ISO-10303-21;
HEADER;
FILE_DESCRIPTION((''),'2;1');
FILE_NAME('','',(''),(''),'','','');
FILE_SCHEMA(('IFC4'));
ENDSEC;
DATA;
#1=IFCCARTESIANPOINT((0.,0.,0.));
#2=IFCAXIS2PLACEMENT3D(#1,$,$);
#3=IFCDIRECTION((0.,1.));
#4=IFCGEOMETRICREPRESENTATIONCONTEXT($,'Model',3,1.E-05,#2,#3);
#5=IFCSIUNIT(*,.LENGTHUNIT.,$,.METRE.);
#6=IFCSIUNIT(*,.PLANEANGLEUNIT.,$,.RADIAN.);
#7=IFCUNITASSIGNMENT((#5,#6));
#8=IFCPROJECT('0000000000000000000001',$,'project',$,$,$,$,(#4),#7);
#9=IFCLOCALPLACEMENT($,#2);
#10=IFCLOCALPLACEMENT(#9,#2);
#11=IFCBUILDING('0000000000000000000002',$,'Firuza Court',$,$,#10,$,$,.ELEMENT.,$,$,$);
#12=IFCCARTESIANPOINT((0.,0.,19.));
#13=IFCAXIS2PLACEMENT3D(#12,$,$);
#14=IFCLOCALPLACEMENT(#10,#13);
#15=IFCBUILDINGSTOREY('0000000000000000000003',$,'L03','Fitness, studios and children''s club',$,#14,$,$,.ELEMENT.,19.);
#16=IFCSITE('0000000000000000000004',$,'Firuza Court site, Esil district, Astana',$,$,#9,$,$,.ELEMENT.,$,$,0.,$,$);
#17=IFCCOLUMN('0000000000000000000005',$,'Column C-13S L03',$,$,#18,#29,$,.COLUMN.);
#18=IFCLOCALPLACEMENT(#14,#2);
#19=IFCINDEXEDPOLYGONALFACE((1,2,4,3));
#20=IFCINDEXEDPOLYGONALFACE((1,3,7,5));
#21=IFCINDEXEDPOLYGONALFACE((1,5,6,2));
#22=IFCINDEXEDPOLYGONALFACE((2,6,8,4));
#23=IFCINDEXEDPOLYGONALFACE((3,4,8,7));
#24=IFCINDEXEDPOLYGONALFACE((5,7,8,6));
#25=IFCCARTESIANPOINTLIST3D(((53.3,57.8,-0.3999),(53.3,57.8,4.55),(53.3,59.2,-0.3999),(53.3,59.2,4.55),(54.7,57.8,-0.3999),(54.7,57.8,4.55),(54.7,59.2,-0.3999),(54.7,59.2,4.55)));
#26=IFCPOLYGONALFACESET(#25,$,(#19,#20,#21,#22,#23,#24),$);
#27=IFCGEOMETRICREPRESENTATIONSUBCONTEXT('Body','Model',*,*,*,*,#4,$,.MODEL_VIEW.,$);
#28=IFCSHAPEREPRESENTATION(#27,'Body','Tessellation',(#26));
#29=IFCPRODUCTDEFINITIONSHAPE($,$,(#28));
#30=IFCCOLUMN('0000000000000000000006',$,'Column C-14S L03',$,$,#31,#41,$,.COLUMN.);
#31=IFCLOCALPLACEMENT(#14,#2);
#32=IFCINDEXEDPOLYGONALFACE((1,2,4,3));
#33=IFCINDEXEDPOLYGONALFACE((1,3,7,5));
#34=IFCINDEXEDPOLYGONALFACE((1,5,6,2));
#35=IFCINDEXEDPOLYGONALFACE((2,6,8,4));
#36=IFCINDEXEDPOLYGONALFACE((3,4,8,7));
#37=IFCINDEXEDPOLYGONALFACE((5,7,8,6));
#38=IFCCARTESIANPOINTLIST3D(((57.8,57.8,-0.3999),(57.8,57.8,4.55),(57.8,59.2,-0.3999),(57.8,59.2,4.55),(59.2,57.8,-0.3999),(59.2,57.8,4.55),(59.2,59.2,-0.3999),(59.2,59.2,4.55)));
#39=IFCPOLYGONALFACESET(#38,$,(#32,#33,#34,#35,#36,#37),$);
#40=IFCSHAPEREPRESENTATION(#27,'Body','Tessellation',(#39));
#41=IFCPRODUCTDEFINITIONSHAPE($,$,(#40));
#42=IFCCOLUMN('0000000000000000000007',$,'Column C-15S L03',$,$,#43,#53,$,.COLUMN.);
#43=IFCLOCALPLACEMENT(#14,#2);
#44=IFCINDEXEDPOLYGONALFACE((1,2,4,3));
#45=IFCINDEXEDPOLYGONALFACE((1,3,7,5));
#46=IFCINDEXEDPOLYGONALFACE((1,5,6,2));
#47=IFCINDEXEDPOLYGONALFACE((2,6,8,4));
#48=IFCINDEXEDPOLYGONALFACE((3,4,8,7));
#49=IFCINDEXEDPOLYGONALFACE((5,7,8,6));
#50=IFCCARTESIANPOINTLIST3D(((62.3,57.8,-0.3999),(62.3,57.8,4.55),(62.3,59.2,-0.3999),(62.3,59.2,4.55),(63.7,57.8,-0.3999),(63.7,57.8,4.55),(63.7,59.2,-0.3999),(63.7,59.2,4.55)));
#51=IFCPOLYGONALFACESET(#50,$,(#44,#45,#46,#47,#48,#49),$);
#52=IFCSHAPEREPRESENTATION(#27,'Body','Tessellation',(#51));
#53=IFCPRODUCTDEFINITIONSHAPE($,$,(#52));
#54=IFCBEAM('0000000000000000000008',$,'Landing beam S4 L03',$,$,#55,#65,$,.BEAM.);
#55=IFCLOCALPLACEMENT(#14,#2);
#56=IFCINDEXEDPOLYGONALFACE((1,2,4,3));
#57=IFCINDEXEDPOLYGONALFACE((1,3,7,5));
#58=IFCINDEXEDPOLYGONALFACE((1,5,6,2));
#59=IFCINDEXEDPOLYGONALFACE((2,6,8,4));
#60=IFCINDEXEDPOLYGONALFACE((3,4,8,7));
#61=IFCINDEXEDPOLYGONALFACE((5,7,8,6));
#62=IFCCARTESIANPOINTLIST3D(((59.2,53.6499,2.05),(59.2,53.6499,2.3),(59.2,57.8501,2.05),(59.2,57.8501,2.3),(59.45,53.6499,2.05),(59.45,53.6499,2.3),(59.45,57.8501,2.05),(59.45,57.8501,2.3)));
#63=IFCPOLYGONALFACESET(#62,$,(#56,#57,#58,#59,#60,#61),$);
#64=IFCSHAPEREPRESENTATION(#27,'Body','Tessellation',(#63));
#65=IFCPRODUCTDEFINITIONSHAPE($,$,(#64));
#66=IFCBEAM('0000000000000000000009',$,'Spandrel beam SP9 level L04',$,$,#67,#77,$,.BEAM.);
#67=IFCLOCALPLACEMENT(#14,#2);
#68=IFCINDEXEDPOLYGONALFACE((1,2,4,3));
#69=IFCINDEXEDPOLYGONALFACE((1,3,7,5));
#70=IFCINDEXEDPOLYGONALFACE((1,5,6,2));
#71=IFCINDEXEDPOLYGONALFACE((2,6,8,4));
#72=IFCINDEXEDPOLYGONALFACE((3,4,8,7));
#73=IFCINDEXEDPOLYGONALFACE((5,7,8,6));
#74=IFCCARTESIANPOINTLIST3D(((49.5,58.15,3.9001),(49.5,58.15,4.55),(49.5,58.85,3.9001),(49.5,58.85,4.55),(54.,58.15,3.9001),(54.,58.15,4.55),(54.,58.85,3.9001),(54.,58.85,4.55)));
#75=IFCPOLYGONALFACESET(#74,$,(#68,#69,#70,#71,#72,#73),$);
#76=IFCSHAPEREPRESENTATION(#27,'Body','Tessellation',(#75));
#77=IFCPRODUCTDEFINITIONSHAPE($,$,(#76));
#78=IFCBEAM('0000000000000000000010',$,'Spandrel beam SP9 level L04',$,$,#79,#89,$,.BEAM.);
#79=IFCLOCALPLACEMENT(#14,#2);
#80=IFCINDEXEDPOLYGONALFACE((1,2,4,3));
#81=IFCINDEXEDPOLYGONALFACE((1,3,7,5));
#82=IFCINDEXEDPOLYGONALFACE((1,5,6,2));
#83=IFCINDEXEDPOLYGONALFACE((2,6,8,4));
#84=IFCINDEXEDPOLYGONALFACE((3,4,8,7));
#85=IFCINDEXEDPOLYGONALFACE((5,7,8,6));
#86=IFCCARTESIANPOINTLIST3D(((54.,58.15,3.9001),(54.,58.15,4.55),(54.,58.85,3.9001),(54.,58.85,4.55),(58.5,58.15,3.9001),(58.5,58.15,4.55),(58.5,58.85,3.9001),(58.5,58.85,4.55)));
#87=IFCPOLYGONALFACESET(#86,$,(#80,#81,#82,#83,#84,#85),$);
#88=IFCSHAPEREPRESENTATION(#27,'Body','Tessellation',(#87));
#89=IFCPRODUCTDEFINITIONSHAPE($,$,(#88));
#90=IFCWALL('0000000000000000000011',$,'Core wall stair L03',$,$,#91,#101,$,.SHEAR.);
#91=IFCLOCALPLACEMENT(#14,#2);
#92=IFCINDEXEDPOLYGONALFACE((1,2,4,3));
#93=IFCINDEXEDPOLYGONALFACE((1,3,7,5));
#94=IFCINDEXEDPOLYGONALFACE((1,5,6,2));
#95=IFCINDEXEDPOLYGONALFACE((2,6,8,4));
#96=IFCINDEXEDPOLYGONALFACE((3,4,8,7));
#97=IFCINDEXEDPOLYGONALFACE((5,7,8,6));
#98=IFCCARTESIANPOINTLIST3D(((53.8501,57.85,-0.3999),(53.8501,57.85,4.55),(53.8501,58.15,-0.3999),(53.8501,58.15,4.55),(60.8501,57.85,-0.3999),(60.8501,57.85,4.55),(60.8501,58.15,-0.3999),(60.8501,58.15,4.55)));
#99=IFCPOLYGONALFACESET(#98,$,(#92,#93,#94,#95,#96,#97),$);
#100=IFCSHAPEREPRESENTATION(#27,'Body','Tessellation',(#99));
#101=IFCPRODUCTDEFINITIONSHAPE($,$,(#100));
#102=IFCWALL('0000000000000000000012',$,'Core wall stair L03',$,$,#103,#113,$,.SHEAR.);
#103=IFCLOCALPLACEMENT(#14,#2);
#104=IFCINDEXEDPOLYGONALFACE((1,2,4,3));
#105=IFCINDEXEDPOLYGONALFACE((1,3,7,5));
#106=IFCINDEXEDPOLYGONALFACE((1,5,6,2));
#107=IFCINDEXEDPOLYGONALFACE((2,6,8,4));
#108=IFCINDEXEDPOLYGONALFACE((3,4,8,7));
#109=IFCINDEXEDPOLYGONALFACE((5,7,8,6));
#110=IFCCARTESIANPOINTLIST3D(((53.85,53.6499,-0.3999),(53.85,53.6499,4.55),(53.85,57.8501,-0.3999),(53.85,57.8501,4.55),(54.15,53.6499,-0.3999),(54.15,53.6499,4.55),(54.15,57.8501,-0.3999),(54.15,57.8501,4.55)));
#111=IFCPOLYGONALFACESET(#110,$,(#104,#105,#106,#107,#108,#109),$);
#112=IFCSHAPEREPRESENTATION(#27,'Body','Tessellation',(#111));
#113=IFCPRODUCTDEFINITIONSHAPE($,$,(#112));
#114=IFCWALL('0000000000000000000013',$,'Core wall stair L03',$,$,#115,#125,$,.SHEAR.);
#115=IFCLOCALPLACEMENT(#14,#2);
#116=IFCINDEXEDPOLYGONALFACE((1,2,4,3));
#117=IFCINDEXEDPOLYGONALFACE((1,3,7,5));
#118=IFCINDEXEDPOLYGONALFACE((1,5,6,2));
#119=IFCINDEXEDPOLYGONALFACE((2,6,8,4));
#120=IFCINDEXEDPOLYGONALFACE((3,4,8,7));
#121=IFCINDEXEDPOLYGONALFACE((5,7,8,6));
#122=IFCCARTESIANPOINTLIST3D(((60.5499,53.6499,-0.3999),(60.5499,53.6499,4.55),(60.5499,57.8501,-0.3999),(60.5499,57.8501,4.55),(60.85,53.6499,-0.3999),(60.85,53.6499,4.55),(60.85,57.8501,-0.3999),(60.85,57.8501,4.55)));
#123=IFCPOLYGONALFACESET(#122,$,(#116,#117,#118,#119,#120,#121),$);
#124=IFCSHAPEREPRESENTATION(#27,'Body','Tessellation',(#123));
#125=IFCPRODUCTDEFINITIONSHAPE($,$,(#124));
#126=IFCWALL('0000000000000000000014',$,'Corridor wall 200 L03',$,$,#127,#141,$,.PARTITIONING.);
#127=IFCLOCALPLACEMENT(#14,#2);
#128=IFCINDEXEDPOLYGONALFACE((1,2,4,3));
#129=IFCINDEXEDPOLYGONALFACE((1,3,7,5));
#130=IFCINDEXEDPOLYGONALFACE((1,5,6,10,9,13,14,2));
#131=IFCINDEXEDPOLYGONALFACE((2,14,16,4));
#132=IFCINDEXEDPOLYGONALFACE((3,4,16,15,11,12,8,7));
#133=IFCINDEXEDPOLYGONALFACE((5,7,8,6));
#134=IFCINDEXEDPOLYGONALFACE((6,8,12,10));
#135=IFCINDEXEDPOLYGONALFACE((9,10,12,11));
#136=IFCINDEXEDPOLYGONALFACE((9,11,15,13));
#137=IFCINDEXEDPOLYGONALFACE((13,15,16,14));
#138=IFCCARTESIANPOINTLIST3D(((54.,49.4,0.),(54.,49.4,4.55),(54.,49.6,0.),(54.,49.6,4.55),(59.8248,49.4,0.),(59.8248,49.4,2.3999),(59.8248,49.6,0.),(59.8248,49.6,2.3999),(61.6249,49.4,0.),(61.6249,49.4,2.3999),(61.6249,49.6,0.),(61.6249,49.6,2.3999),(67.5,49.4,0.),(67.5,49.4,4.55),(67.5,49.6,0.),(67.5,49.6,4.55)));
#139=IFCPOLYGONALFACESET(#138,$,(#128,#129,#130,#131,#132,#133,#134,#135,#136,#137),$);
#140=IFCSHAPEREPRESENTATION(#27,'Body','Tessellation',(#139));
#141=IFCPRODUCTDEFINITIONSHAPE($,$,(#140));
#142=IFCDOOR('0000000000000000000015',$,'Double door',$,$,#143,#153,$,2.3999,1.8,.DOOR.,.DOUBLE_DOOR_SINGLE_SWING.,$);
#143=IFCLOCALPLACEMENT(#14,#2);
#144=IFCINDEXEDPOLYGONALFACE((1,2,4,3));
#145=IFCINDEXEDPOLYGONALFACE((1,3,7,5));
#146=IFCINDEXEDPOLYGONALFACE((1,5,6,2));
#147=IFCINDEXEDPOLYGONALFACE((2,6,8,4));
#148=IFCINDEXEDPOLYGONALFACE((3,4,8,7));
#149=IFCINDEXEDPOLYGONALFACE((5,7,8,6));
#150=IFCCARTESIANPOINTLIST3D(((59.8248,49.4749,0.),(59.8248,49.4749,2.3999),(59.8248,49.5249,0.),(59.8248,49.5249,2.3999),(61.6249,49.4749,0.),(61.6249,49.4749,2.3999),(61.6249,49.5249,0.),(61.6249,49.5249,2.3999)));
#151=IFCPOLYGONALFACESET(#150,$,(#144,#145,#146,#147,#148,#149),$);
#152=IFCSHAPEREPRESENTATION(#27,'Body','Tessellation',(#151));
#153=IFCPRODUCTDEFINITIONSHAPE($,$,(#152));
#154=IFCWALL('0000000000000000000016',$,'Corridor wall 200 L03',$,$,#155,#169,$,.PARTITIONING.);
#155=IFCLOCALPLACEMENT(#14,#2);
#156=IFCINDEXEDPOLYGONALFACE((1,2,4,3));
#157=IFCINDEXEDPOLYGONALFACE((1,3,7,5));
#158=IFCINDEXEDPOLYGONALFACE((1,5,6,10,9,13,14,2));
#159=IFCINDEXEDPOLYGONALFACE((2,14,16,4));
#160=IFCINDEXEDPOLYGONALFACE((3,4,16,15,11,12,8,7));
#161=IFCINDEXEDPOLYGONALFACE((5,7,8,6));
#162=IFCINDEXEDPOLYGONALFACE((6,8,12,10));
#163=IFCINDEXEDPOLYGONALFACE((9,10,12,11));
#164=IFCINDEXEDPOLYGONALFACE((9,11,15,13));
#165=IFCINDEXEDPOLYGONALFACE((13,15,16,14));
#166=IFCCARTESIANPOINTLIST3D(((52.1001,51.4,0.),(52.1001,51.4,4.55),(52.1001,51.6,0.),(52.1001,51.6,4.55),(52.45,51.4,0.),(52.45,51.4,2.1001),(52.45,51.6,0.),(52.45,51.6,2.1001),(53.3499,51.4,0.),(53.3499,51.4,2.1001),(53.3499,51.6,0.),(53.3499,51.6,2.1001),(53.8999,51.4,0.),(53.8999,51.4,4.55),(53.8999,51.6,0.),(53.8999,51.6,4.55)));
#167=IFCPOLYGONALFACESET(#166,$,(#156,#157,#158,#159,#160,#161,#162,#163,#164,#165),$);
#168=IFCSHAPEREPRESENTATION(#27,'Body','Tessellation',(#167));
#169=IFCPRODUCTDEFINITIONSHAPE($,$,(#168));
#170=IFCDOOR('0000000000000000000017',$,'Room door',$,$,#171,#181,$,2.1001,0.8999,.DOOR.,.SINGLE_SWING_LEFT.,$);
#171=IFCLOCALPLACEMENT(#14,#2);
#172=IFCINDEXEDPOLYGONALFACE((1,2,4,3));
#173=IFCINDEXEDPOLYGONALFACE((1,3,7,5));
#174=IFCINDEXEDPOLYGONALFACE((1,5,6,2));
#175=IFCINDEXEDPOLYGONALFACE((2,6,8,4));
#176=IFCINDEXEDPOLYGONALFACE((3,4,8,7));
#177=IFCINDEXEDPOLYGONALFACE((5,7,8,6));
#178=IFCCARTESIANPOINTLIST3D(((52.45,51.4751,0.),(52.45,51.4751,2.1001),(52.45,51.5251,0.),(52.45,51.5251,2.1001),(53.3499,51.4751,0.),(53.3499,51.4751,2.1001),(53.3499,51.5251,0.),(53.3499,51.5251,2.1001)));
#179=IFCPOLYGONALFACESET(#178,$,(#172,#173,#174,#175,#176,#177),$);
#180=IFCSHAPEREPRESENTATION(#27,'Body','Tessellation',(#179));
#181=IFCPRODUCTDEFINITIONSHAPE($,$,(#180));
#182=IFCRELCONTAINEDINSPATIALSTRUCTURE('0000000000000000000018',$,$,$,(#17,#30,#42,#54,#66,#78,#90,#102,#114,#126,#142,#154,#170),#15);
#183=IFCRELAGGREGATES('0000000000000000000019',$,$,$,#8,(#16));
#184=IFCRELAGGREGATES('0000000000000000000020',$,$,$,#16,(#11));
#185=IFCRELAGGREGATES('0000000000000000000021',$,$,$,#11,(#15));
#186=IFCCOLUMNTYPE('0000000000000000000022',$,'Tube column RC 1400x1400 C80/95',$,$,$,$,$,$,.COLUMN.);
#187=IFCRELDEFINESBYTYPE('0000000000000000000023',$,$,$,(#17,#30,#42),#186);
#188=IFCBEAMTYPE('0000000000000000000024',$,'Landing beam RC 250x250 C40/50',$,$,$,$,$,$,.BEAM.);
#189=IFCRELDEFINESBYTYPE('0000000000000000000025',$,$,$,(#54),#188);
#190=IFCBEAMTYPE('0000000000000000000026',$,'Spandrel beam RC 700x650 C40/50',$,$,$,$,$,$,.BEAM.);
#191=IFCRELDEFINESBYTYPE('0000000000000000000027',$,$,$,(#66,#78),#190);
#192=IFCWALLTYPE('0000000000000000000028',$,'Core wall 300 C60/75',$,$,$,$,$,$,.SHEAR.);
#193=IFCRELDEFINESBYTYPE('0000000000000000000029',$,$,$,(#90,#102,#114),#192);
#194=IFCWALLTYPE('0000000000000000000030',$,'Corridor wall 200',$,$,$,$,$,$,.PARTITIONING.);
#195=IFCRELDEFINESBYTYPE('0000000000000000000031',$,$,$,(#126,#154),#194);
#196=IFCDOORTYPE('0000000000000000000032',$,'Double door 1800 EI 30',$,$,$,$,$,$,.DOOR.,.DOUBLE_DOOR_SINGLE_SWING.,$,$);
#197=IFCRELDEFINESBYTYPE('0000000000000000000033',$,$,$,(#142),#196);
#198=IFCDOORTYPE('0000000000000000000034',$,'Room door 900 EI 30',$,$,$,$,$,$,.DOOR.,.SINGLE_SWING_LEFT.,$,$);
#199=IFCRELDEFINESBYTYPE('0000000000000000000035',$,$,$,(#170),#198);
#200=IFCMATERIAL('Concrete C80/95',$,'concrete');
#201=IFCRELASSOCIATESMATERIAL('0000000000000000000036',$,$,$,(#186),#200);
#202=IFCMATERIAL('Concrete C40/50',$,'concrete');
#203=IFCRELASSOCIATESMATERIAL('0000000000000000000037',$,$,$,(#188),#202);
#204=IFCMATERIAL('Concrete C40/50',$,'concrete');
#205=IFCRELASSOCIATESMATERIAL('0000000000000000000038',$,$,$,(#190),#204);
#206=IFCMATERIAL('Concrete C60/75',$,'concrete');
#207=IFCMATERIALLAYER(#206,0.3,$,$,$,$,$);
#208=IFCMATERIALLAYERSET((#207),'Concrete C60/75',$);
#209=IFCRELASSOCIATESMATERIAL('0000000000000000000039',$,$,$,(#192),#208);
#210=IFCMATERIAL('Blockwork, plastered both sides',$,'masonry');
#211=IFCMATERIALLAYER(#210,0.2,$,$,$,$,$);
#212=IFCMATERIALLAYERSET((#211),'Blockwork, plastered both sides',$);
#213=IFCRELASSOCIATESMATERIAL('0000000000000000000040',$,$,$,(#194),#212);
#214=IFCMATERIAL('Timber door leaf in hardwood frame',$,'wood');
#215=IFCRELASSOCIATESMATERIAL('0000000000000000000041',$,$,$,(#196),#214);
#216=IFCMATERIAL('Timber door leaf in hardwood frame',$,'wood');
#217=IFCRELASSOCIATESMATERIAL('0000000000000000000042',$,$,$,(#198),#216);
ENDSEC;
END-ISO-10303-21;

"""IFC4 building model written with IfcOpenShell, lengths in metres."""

from ifc_helpers import new_model, si_unit, direction, frame, frame_2d, origin, origin_2d, place, context, subcontext, project, spatial, rectangle, extrude, material, layer, layer_set, material_profile, profile_set, type_object, element, fill, save


model = new_model("IFC4")

# Units and contexts
model_context = context("Model", 3, precision=1e-05, world=origin(), true_north=direction((0.0, 1.0)))
body_context = subcontext(model_context, "Body", "Model", "MODEL_VIEW")
ifc_project = project(units=[si_unit("LENGTHUNIT", "METRE"), si_unit("PLANEANGLEUNIT", "RADIAN")], contexts=[model_context])

# Site, building, storey
site_placement = place(None, origin())
site = spatial("IfcSite", under=ifc_project, at=site_placement, Name="Firuza Court site, Esil district, Astana", CompositionType="ELEMENT", RefElevation=0.0)
building_placement = place(site_placement, origin())
building = spatial("IfcBuilding", under=site, at=building_placement, Name="Firuza Court", CompositionType="ELEMENT")
storey_placement = place(building_placement, frame((0.0, 0.0, 19.0)))
storey = spatial("IfcBuildingStorey", under=building, at=storey_placement, Name="L03", Description="Fitness, studios and children's club", CompositionType="ELEMENT", Elevation=19.0)

# Columns
ifc_material_1 = material(Name="Concrete C80/95", Category="concrete")
ifc_material_profile_1 = material_profile(ifc_material_1, rectangle(XDim=1.3999, YDim=1.3999, at=origin_2d()), Name="RC 1400x1400")
ifc_profile_set_1 = profile_set([ifc_material_profile_1], Name="Concrete C80/95")
column_type = type_object("IfcColumnType", Name="Tube column RC 1400x1400 C80/95", PredefinedType="COLUMN", material=ifc_profile_set_1)
for number, where, z_axis, x_axis, name in (
    (1, (54.0, 58.5, -0.3999), (0.0, 0.0, 1.0), (1.0, 0.0, 0.0), "Column C-13S L03"),
    (2, (58.5, 58.5, -0.3999), (0.0, 0.0, 1.0), (1.0, 0.0, 0.0), "Column C-14S L03"),
    (3, (63.0, 58.5, -0.3999), (0.0, 0.0, 1.0), (1.0, 0.0, 0.0), "Column C-15S L03"),
):
    element("IfcColumn", number, at=place(storey_placement, frame(where, z_axis=z_axis, x_axis=x_axis)), inside=storey, type_object=column_type, Name=name, PredefinedType="COLUMN", context=body_context, shape_type="SweptSolid", body=[
        extrude(rectangle(XDim=1.3999, YDim=1.3999, at=origin_2d()), origin(), (0.0, 0.0, 1.0), 4.95),
    ])

# Beams
ifc_material_2 = material(Name="Concrete C40/50", Category="concrete")
ifc_material_profile_2 = material_profile(ifc_material_2, rectangle(XDim=0.25, YDim=0.25, at=origin_2d()), Name="RC 250x250")
ifc_profile_set_2 = profile_set([ifc_material_profile_2], Name="Concrete C40/50")
beam_type_1 = type_object("IfcBeamType", Name="Landing beam RC 250x250 C40/50", PredefinedType="BEAM", material=ifc_profile_set_2)
beam_placement = place(storey_placement, frame((59.325, 53.6499, 2.175), z_axis=(0.0, 1.0, 0.0), x_axis=(-1.0, 0.0, 0.0)))
element("IfcBeam", 4, at=beam_placement, inside=storey, type_object=beam_type_1, Name="Landing beam S4 L03", PredefinedType="BEAM", context=body_context, shape_type="SweptSolid", body=[
    extrude(rectangle(XDim=0.25, YDim=0.25, at=origin_2d()), origin(), (0.0, 0.0, 1.0), 4.2002),
])
ifc_material_3 = material(Name="Concrete C40/50", Category="concrete")
ifc_material_profile_3 = material_profile(ifc_material_3, rectangle(XDim=0.7, YDim=0.6499, at=origin_2d()), Name="RC 700x650")
ifc_profile_set_3 = profile_set([ifc_material_profile_3], Name="Concrete C40/50")
beam_type_2 = type_object("IfcBeamType", Name="Spandrel beam RC 700x650 C40/50", PredefinedType="BEAM", material=ifc_profile_set_3)
for number, where, z_axis, x_axis, name in (
    (5, (54.0, 58.5, 4.2251), (-1.0, 0.0, 0.0), (0.0, -1.0, 0.0), "Spandrel beam SP9 level L04"),
    (6, (58.5, 58.5, 4.2251), (-1.0, 0.0, 0.0), (0.0, -1.0, 0.0), "Spandrel beam SP9 level L04"),
):
    element("IfcBeam", number, at=place(storey_placement, frame(where, z_axis=z_axis, x_axis=x_axis)), inside=storey, type_object=beam_type_2, Name=name, PredefinedType="BEAM", context=body_context, shape_type="SweptSolid", body=[
        extrude(rectangle(XDim=0.7, YDim=0.6499, at=origin_2d()), origin(), (0.0, 0.0, 1.0), 4.5),
    ])

# Walls
ifc_material_4 = material(Name="Concrete C60/75", Category="concrete")
ifc_layer_1 = layer(ifc_material_4, 0.3)
ifc_layer_set_1 = layer_set([ifc_layer_1], Name="Concrete C60/75")
wall_type_1 = type_object("IfcWallType", Name="Core wall 300 C60/75", PredefinedType="SHEAR", material=ifc_layer_set_1)
wall_1_placement = place(storey_placement, frame((53.8501, 58.0, -0.3999), z_axis=(0.0, 0.0, 1.0), x_axis=(1.0, 0.0, 0.0)))
element("IfcWall", 7, at=wall_1_placement, inside=storey, type_object=wall_type_1, Name="Core wall stair L03", PredefinedType="SHEAR", context=body_context, shape_type="SweptSolid", body=[
    extrude(rectangle(XDim=7.0, YDim=0.3, at=frame_2d((3.5, 0.0))), origin(), (0.0, 0.0, 1.0), 4.95),
])
for number, where, z_axis, x_axis, name in (
    (8, (54.0, 53.6499, -0.3999), (0.0, 0.0, 1.0), (0.0, 1.0, 0.0), "Core wall stair L03"),
    (9, (60.7, 53.6499, -0.3999), (0.0, 0.0, 1.0), (0.0, 1.0, 0.0), "Core wall stair L03"),
):
    element("IfcWall", number, at=place(storey_placement, frame(where, z_axis=z_axis, x_axis=x_axis)), inside=storey, type_object=wall_type_1, Name=name, PredefinedType="SHEAR", context=body_context, shape_type="SweptSolid", body=[
        extrude(rectangle(XDim=4.2002, YDim=0.3, at=frame_2d((2.1001, 0.0))), origin(), (0.0, 0.0, 1.0), 4.95),
    ])

# Walls, openings, doors
ifc_material_5 = material(Name="Blockwork, plastered both sides", Category="masonry")
ifc_layer_2 = layer(ifc_material_5, 0.2)
ifc_layer_set_2 = layer_set([ifc_layer_2], Name="Blockwork, plastered both sides")
wall_type_2 = type_object("IfcWallType", Name="Corridor wall 200", PredefinedType="PARTITIONING", material=ifc_layer_set_2)
wall_2_placement = place(storey_placement, frame((54.0, 49.5, 0.0), z_axis=(0.0, 0.0, 1.0), x_axis=(1.0, 0.0, 0.0)))
wall_2 = element("IfcWall", 10, at=wall_2_placement, inside=storey, type_object=wall_type_2, Name="Corridor wall 200 L03", PredefinedType="PARTITIONING", context=body_context, shape_type="SweptSolid", body=[
    extrude(rectangle(XDim=13.5, YDim=0.2, at=frame_2d((6.75, 0.0))), origin(), (0.0, 0.0, 1.0), 4.55),
])
opening_1_placement = place(wall_2_placement, frame((5.825, 0.0, 0.0)))
opening_1 = element("IfcOpeningElement", 11, at=opening_1_placement, cuts=wall_2, PredefinedType="OPENING", context=body_context, shape_type="SweptSolid", body=[
    extrude(rectangle(XDim=1.8, YDim=2.3999, at=frame_2d((0.8999, 1.2))), frame((0.0, 0.1118, 0.0), z_axis=(0.0, -1.0, 0.0), x_axis=(1.0, 0.0, 0.0)), (0.0, 0.0, 1.0), 0.2239),
])
ifc_material_6 = material(Name="Timber door leaf in hardwood frame", Category="wood")
door_type_1 = type_object("IfcDoorType", Name="Double door 1800 EI 30", OperationType="DOUBLE_DOOR_SINGLE_SWING", PredefinedType="DOOR", material=ifc_material_6)
door_1_placement = place(opening_1_placement, origin())
door_1 = element("IfcDoor", 12, at=door_1_placement, inside=storey, type_object=door_type_1, Name="Double door", OperationType="DOUBLE_DOOR_SINGLE_SWING", OverallHeight=2.3999, OverallWidth=1.8, PredefinedType="DOOR", context=body_context, shape_type="SweptSolid", body=[
    extrude(rectangle(XDim=1.8, YDim=2.3999, at=frame_2d((0.8999, 1.2))), frame((0.0, 0.0249, 0.0), z_axis=(0.0, -1.0, 0.0), x_axis=(1.0, 0.0, 0.0)), (0.0, 0.0, 1.0), 0.05),
])
fill(opening_1, door_1)
wall_3_placement = place(storey_placement, frame((53.8999, 51.5, 0.0), z_axis=(0.0, 0.0, 1.0), x_axis=(-1.0, 0.0, 0.0)))
wall_3 = element("IfcWall", 13, at=wall_3_placement, inside=storey, type_object=wall_type_2, Name="Corridor wall 200 L03", PredefinedType="PARTITIONING", context=body_context, shape_type="SweptSolid", body=[
    extrude(rectangle(XDim=1.7998, YDim=0.2, at=frame_2d((0.8999, 0.0))), origin(), (0.0, 0.0, 1.0), 4.55),
])
opening_2_placement = place(wall_3_placement, frame((0.55, 0.0, 0.0)))
opening_2 = element("IfcOpeningElement", 14, at=opening_2_placement, cuts=wall_3, PredefinedType="OPENING", context=body_context, shape_type="SweptSolid", body=[
    extrude(rectangle(XDim=0.8999, YDim=2.1001, at=frame_2d((0.45, 1.05))), frame((0.0, 0.1118, 0.0), z_axis=(0.0, -1.0, 0.0), x_axis=(1.0, 0.0, 0.0)), (0.0, 0.0, 1.0), 0.2239),
])
ifc_material_7 = material(Name="Timber door leaf in hardwood frame", Category="wood")
door_type_2 = type_object("IfcDoorType", Name="Room door 900 EI 30", OperationType="SINGLE_SWING_LEFT", PredefinedType="DOOR", material=ifc_material_7)
door_2_placement = place(opening_2_placement, origin())
door_2 = element("IfcDoor", 15, at=door_2_placement, inside=storey, type_object=door_type_2, Name="Room door", OperationType="SINGLE_SWING_LEFT", OverallHeight=2.1001, OverallWidth=0.8999, PredefinedType="DOOR", context=body_context, shape_type="SweptSolid", body=[
    extrude(rectangle(XDim=0.8999, YDim=2.1001, at=frame_2d((0.45, 1.05))), frame((0.0, 0.0249, 0.0), z_axis=(0.0, -1.0, 0.0), x_axis=(1.0, 0.0, 0.0)), (0.0, 0.0, 1.0), 0.05),
])
fill(opening_2, door_2)

save(model, "model.ifc")
